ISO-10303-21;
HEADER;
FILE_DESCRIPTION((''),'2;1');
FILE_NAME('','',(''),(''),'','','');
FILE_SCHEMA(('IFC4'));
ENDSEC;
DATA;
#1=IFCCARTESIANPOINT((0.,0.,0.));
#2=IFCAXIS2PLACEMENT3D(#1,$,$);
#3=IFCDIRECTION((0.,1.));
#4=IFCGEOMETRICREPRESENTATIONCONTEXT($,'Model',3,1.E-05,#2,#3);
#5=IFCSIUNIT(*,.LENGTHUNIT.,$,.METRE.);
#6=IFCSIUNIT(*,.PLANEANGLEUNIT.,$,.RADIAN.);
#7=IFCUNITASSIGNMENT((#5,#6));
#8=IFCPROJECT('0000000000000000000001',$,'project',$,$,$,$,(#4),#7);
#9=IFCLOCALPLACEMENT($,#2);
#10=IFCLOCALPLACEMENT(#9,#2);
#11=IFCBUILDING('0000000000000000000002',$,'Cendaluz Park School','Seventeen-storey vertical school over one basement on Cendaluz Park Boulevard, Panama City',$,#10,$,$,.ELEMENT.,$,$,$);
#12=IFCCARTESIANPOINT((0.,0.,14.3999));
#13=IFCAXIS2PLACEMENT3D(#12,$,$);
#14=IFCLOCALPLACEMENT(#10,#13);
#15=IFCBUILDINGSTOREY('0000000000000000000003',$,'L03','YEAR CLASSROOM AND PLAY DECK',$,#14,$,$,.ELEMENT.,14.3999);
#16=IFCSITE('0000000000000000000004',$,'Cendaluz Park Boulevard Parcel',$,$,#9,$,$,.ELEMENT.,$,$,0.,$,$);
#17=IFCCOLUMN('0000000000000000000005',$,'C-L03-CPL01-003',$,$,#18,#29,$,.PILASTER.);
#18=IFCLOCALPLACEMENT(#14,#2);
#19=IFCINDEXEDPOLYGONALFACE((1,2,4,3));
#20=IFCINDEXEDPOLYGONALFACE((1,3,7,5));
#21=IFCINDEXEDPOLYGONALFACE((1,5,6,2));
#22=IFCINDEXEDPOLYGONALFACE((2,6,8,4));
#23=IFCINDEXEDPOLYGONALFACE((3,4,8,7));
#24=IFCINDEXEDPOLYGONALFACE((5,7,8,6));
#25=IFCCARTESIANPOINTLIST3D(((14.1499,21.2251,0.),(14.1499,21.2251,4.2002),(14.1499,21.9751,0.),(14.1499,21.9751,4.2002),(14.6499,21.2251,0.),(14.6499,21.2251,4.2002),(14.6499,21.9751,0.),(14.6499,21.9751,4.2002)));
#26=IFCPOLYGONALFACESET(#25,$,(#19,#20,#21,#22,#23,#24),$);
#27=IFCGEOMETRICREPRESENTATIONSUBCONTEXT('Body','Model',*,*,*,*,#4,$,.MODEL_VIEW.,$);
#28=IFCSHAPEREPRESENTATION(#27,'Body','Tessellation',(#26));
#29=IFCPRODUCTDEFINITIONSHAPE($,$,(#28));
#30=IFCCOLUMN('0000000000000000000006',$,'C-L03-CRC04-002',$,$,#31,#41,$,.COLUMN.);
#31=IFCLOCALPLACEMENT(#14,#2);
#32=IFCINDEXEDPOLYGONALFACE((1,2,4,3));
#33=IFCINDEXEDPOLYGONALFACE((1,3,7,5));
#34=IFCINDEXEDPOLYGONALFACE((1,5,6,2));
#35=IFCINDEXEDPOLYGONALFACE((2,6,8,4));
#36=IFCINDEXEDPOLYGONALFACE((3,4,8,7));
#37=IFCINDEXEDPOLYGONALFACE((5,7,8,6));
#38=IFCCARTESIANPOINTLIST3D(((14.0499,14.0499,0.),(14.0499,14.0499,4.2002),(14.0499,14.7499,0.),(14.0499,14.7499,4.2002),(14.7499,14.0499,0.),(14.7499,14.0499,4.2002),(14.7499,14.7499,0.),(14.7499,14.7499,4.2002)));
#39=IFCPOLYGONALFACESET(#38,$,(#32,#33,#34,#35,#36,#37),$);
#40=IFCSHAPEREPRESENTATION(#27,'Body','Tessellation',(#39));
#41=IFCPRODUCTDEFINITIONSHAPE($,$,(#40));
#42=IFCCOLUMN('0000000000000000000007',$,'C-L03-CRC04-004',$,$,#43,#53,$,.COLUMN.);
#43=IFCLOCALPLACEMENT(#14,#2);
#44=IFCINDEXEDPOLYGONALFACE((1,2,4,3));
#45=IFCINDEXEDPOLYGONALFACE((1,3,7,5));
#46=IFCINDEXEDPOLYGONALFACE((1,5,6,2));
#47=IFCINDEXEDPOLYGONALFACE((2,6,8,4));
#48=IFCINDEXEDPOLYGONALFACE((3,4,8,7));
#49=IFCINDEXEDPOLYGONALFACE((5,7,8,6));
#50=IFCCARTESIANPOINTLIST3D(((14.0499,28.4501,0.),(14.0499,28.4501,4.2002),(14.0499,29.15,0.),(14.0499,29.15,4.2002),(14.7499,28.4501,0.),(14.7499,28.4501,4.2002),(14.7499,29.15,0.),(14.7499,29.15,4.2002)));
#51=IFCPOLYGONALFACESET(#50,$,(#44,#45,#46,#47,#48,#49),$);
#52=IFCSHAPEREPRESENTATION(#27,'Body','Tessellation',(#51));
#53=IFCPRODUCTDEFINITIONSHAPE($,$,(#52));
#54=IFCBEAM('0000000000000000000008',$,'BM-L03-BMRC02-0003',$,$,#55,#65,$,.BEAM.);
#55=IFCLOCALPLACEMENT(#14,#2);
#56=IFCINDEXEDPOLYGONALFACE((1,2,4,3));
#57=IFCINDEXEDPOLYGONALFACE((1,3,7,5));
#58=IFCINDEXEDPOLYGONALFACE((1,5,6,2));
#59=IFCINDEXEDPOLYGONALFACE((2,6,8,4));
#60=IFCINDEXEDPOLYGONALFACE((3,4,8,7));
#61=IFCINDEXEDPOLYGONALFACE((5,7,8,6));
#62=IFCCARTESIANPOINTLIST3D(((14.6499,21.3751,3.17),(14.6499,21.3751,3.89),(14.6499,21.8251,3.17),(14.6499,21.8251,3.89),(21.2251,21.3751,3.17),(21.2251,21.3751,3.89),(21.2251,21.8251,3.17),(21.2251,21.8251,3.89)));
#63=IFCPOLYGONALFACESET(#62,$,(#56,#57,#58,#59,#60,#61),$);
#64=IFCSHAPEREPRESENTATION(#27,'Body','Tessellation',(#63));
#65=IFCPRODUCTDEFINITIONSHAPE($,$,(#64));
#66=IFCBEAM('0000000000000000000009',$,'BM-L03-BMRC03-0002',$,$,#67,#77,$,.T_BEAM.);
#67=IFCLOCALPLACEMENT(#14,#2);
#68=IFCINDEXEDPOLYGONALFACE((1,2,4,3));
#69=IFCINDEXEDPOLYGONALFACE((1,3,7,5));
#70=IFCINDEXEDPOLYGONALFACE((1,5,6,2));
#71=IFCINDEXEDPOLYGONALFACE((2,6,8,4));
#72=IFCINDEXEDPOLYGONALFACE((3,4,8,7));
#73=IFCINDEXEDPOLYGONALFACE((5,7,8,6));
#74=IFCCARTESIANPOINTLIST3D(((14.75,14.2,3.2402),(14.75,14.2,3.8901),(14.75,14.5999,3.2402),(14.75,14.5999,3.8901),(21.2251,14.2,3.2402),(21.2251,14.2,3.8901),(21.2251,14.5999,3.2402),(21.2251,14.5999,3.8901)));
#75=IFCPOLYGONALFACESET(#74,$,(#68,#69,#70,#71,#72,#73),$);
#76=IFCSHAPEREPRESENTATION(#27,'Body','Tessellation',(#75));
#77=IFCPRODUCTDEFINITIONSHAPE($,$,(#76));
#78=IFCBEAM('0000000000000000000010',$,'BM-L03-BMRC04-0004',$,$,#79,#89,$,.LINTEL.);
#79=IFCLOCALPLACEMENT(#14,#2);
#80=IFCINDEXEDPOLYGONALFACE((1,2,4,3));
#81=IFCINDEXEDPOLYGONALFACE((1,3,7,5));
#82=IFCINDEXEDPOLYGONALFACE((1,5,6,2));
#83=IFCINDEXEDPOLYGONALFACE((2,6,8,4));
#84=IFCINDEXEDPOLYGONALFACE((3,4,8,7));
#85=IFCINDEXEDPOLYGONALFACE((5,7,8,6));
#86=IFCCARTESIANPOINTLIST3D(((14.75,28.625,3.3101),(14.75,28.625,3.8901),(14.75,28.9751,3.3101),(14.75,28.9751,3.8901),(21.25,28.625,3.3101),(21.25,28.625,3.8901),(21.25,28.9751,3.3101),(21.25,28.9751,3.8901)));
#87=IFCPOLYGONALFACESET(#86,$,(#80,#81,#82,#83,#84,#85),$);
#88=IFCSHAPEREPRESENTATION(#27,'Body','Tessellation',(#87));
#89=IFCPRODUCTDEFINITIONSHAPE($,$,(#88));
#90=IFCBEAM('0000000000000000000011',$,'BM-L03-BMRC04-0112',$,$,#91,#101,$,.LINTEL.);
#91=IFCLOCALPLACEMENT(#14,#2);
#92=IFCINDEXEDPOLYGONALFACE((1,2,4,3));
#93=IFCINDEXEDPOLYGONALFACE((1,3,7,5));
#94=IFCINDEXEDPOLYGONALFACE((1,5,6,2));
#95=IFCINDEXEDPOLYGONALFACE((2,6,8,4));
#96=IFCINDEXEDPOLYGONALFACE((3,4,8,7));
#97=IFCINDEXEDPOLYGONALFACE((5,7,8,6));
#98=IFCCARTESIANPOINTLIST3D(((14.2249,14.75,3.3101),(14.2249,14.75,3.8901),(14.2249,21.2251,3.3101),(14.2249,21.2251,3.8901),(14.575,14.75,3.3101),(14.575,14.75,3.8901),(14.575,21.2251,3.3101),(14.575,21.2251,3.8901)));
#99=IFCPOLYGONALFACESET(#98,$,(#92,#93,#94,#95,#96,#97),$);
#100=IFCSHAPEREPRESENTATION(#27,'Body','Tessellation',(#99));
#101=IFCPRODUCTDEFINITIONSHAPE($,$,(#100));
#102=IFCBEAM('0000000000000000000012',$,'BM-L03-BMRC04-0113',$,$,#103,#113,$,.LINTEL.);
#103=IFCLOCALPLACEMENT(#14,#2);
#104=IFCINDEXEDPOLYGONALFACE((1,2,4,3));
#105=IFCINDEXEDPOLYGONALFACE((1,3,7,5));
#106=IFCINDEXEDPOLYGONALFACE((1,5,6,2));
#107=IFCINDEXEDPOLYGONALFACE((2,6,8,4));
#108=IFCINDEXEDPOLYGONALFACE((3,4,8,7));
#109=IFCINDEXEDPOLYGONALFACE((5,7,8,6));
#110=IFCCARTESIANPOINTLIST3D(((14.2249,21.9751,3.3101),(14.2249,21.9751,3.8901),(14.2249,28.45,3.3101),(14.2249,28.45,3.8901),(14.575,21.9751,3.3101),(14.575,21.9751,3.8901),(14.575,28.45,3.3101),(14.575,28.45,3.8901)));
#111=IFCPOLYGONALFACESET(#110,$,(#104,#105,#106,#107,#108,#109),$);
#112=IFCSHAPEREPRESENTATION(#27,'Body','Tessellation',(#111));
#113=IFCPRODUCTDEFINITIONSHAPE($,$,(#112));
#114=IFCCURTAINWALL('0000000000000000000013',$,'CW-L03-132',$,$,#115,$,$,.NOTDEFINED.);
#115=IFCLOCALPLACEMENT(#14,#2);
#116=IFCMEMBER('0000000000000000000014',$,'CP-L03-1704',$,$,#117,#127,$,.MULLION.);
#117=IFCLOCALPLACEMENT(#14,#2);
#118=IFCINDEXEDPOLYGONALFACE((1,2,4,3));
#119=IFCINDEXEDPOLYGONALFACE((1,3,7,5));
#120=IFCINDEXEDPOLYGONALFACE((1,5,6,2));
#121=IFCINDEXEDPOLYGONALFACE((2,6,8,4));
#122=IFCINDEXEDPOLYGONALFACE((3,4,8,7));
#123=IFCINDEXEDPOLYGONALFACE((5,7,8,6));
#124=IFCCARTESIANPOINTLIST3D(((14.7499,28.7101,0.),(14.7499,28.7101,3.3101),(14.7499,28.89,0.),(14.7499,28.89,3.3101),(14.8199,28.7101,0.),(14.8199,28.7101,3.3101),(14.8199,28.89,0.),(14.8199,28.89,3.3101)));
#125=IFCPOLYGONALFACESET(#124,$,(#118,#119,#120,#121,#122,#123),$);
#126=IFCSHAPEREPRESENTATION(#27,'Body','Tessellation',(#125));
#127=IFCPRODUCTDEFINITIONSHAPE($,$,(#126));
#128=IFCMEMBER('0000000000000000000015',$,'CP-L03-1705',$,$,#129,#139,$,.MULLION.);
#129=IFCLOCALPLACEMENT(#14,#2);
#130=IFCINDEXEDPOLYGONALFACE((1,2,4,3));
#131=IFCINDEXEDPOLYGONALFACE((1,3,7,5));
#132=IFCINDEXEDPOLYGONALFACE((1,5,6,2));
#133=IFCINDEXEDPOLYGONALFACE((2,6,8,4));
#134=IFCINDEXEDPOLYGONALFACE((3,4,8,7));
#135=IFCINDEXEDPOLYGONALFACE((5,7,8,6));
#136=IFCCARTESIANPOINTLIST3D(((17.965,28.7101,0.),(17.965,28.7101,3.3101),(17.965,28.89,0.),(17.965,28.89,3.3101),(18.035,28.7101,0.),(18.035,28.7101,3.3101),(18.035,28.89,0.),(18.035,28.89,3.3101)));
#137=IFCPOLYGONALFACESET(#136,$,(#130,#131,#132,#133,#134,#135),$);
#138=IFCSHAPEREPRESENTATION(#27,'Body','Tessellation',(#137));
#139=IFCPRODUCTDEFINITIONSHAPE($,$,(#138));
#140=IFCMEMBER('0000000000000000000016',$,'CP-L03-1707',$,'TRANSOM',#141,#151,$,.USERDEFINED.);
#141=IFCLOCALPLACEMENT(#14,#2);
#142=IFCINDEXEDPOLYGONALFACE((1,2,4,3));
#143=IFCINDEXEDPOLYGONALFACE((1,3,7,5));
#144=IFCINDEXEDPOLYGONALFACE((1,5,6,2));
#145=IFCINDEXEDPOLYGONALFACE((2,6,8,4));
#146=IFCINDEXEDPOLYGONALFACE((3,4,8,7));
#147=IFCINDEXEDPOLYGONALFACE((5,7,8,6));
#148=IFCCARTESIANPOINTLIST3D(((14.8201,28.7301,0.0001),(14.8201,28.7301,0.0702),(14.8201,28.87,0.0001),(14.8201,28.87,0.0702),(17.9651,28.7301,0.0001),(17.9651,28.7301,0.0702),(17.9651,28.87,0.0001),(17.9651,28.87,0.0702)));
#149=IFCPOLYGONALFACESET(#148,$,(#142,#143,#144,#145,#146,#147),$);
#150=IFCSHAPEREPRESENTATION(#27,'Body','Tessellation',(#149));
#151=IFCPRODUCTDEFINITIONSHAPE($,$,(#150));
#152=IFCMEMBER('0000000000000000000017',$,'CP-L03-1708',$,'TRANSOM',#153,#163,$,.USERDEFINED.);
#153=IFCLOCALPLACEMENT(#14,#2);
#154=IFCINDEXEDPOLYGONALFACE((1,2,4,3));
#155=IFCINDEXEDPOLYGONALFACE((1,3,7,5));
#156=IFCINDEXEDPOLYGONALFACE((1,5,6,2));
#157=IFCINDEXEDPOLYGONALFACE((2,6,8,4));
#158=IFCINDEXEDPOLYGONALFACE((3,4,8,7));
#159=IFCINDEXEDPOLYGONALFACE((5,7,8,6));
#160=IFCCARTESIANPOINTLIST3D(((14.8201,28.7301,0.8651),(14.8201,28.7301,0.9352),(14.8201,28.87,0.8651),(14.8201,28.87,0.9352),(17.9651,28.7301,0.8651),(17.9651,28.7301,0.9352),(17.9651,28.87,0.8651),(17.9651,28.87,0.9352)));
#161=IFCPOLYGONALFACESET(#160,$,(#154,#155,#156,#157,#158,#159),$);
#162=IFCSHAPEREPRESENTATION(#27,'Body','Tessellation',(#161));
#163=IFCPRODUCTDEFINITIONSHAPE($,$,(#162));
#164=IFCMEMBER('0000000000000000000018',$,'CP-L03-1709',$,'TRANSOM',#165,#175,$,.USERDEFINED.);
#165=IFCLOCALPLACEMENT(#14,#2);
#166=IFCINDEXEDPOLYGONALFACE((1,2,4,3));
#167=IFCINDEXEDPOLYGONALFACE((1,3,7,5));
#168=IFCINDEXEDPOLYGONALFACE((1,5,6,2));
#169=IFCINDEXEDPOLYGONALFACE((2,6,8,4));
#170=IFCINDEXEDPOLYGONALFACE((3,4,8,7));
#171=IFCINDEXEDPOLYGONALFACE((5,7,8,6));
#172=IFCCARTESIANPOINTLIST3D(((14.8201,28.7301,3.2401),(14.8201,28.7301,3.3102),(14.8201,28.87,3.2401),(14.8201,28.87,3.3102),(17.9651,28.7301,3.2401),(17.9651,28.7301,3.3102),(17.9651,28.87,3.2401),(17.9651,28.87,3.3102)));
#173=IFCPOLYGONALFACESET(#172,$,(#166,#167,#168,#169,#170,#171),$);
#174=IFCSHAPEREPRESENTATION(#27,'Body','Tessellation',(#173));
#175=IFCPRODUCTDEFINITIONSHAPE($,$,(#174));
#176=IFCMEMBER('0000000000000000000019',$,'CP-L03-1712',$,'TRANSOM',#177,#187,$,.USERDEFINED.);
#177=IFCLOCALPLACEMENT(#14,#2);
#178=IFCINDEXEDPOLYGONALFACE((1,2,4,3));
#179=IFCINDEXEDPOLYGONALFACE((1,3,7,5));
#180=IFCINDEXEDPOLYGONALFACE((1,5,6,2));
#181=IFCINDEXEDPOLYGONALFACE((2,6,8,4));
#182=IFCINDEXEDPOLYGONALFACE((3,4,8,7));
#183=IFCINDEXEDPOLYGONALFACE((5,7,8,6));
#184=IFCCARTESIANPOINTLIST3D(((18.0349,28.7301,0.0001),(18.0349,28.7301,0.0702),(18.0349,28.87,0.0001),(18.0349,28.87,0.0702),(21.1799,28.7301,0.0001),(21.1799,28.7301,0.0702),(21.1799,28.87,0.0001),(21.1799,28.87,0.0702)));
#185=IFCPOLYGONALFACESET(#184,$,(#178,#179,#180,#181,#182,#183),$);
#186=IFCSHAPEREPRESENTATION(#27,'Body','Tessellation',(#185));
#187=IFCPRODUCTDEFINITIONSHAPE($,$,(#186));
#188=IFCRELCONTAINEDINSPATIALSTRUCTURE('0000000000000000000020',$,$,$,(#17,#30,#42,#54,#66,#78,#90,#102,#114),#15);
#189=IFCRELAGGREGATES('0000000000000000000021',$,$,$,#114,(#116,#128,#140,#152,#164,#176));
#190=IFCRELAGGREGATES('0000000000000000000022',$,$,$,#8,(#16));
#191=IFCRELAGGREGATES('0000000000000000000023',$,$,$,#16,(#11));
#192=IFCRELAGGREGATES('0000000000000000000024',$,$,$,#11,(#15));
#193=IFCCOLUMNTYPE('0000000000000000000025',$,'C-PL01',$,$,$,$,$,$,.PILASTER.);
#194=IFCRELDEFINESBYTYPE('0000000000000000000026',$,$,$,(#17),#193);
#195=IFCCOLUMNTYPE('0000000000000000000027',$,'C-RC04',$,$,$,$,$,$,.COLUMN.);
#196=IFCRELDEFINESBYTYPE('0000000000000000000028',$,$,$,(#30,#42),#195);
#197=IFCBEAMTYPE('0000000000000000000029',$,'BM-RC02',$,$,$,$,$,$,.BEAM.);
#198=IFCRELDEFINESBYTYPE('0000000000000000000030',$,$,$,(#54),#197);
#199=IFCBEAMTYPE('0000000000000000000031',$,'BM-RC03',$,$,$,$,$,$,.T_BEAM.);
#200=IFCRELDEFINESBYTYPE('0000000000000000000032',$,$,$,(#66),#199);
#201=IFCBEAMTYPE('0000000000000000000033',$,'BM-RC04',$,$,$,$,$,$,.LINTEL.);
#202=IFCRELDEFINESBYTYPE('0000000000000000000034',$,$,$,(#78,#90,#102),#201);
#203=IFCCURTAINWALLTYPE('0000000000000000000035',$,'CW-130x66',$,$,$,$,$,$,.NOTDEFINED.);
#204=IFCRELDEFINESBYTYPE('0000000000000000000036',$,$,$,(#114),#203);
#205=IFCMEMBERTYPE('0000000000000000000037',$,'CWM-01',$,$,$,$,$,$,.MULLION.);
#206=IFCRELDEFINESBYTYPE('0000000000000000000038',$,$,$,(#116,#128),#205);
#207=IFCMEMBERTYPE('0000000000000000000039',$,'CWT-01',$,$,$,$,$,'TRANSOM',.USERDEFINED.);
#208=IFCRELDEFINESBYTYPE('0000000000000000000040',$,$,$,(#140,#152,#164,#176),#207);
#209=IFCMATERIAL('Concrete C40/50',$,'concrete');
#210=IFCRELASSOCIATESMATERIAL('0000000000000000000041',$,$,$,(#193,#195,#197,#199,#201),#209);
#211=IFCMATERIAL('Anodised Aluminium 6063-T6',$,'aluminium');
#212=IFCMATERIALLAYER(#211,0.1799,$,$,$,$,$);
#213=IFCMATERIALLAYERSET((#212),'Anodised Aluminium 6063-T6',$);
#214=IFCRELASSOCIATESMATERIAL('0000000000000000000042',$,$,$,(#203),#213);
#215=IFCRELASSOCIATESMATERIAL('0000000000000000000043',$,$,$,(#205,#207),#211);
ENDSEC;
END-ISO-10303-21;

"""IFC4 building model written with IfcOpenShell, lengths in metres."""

from ifc_helpers import new_model, si_unit, direction, frame, origin, origin_2d, place, context, subcontext, project, spatial, rectangle, extrude, material, layer, layer_set, material_profile, profile_set, type_object, element, aggregate, save


model = new_model("IFC4")

# Units and contexts
model_context = context("Model", 3, precision=1e-05, world=origin(), true_north=direction((0.0, 1.0)))
body_context = subcontext(model_context, "Body", "Model", "MODEL_VIEW")
ifc_project = project(units=[si_unit("LENGTHUNIT", "METRE"), si_unit("PLANEANGLEUNIT", "RADIAN")], contexts=[model_context])

# Site, building, storey
site_placement = place(None, origin())
site = spatial("IfcSite", under=ifc_project, at=site_placement, Name="Cendaluz Park Boulevard Parcel", CompositionType="ELEMENT", RefElevation=0.0)
building_placement = place(site_placement, origin())
building = spatial("IfcBuilding", under=site, at=building_placement, Name="Cendaluz Park School", Description="Seventeen-storey vertical school over one basement on Cendaluz Park Boulevard, Panama City", CompositionType="ELEMENT")
storey_placement = place(building_placement, frame((0.0, 0.0, 14.3999)))
storey = spatial("IfcBuildingStorey", under=building, at=storey_placement, Name="L03", Description="YEAR CLASSROOM AND PLAY DECK", CompositionType="ELEMENT", Elevation=14.3999)

# Columns
ifc_material_1 = material(Name="Concrete C40/50", Category="concrete")
ifc_material_profile_1 = material_profile(ifc_material_1, rectangle(XDim=0.5, YDim=0.75, at=origin_2d()), Name="RC 500x750", Category="concrete")
ifc_profile_set_1 = profile_set([ifc_material_profile_1], Name="Concrete C40/50")
column_type_1 = type_object("IfcColumnType", Name="C-PL01", PredefinedType="PILASTER", material=ifc_profile_set_1)
column_placement = place(storey_placement, frame((14.3999, 21.6001, 0.0), z_axis=(0.0, 0.0, 1.0), x_axis=(1.0, 0.0, 0.0)))
element("IfcColumn", 1, at=column_placement, inside=storey, type_object=column_type_1, Name="C-L03-CPL01-003", PredefinedType="PILASTER", context=body_context, shape_type="SweptSolid", body=[
    extrude(rectangle(XDim=0.5, YDim=0.75, at=origin_2d()), origin(), (0.0, 0.0, 1.0), 4.2002),
])
ifc_material_profile_2 = material_profile(ifc_material_1, rectangle(XDim=0.7, YDim=0.7, at=origin_2d()), Name="RC 700x700", Category="concrete")
ifc_profile_set_2 = profile_set([ifc_material_profile_2], Name="Concrete C40/50")
column_type_2 = type_object("IfcColumnType", Name="C-RC04", PredefinedType="COLUMN", material=ifc_profile_set_2)
for number, where, z_axis, x_axis, name in (
    (2, (14.3999, 14.3999, 0.0), (0.0, 0.0, 1.0), (1.0, 0.0, 0.0), "C-L03-CRC04-002"),
    (3, (14.3999, 28.8, 0.0), (0.0, 0.0, 1.0), (1.0, 0.0, 0.0), "C-L03-CRC04-004"),
):
    element("IfcColumn", number, at=place(storey_placement, frame(where, z_axis=z_axis, x_axis=x_axis)), inside=storey, type_object=column_type_2, Name=name, PredefinedType="COLUMN", context=body_context, shape_type="SweptSolid", body=[
        extrude(rectangle(XDim=0.7, YDim=0.7, at=origin_2d()), origin(), (0.0, 0.0, 1.0), 4.2002),
    ])

# Beams
ifc_material_profile_3 = material_profile(ifc_material_1, rectangle(XDim=0.45, YDim=0.72, at=origin_2d()), Name="RC 450x720", Category="concrete")
ifc_profile_set_3 = profile_set([ifc_material_profile_3], Name="Concrete C40/50")
beam_type_1 = type_object("IfcBeamType", Name="BM-RC02", PredefinedType="BEAM", material=ifc_profile_set_3)
beam_1_placement = place(storey_placement, frame((14.6499, 21.6001, 3.53), z_axis=(1.0, 0.0, 0.0), x_axis=(0.0, 1.0, 0.0)))
element("IfcBeam", 4, at=beam_1_placement, inside=storey, type_object=beam_type_1, Name="BM-L03-BMRC02-0003", PredefinedType="BEAM", context=body_context, shape_type="SweptSolid", body=[
    extrude(rectangle(XDim=0.45, YDim=0.72, at=origin_2d()), origin(), (0.0, 0.0, 1.0), 6.5752),
])
ifc_material_profile_4 = material_profile(ifc_material_1, rectangle(XDim=0.3999, YDim=0.6499, at=origin_2d()), Name="RC 400x650", Category="concrete")
ifc_profile_set_4 = profile_set([ifc_material_profile_4], Name="Concrete C40/50")
beam_type_2 = type_object("IfcBeamType", Name="BM-RC03", PredefinedType="T_BEAM", material=ifc_profile_set_4)
beam_2_placement = place(storey_placement, frame((14.75, 14.3999, 3.5652), z_axis=(1.0, 0.0, 0.0), x_axis=(0.0, 1.0, 0.0)))
element("IfcBeam", 5, at=beam_2_placement, inside=storey, type_object=beam_type_2, Name="BM-L03-BMRC03-0002", PredefinedType="T_BEAM", context=body_context, shape_type="SweptSolid", body=[
    extrude(rectangle(XDim=0.3999, YDim=0.6499, at=origin_2d()), origin(), (0.0, 0.0, 1.0), 6.4751),
])
ifc_material_profile_5 = material_profile(ifc_material_1, rectangle(XDim=0.3501, YDim=0.5801, at=origin_2d()), Name="RC 350x580", Category="concrete")
ifc_profile_set_5 = profile_set([ifc_material_profile_5], Name="Concrete C40/50")
beam_type_3 = type_object("IfcBeamType", Name="BM-RC04", PredefinedType="LINTEL", material=ifc_profile_set_5)
beam_3_placement = place(storey_placement, frame((14.75, 28.8, 3.6001), z_axis=(1.0, 0.0, 0.0), x_axis=(0.0, 1.0, 0.0)))
element("IfcBeam", 6, at=beam_3_placement, inside=storey, type_object=beam_type_3, Name="BM-L03-BMRC04-0004", PredefinedType="LINTEL", context=body_context, shape_type="SweptSolid", body=[
    extrude(rectangle(XDim=0.3501, YDim=0.5801, at=origin_2d()), origin(), (0.0, 0.0, 1.0), 6.5),
])
beam_4_placement = place(storey_placement, frame((14.3999, 14.75, 3.6001), z_axis=(0.0, 1.0, 0.0), x_axis=(-1.0, 0.0, 0.0)))
element("IfcBeam", 7, at=beam_4_placement, inside=storey, type_object=beam_type_3, Name="BM-L03-BMRC04-0112", PredefinedType="LINTEL", context=body_context, shape_type="SweptSolid", body=[
    extrude(rectangle(XDim=0.3501, YDim=0.5801, at=origin_2d()), origin(), (0.0, 0.0, 1.0), 6.4751),
])
beam_5_placement = place(storey_placement, frame((14.3999, 21.9751, 3.6001), z_axis=(0.0, 1.0, 0.0), x_axis=(-1.0, 0.0, 0.0)))
element("IfcBeam", 8, at=beam_5_placement, inside=storey, type_object=beam_type_3, Name="BM-L03-BMRC04-0113", PredefinedType="LINTEL", context=body_context, shape_type="SweptSolid", body=[
    extrude(rectangle(XDim=0.3501, YDim=0.5801, at=origin_2d()), origin(), (0.0, 0.0, 1.0), 6.4749),
])

# Curtain wall, members
ifc_material_2 = material(Name="Anodised Aluminium 6063-T6", Category="aluminium")
ifc_layer_1 = layer(ifc_material_2, 0.1799)
ifc_layer_set_1 = layer_set([ifc_layer_1], Name="Anodised Aluminium 6063-T6")
curtain_wall_type = type_object("IfcCurtainWallType", Name="CW-130x66", PredefinedType="NOTDEFINED", material=ifc_layer_set_1)
curtain_wall_placement = place(storey_placement, origin())
curtain_wall = element("IfcCurtainWall", 9, at=curtain_wall_placement, inside=storey, type_object=curtain_wall_type, Name="CW-L03-132", PredefinedType="NOTDEFINED")
ifc_material_profile_6 = material_profile(ifc_material_2, rectangle(XDim=0.1799, YDim=0.0701, at=origin_2d()), Name="CWM 180x70", Category="aluminium")
ifc_profile_set_6 = profile_set([ifc_material_profile_6], Name="Anodised Aluminium 6063-T6")
member_type_1 = type_object("IfcMemberType", Name="CWM-01", PredefinedType="MULLION", material=ifc_profile_set_6)
member_1_placement = place(storey_placement, frame((14.7849, 28.8, 0.0), z_axis=(0.0, 0.0, 1.0), x_axis=(0.0, 1.0, 0.0)))
member_1 = element("IfcMember", 10, at=member_1_placement, type_object=member_type_1, Name="CP-L03-1704", PredefinedType="MULLION", context=body_context, shape_type="SweptSolid", body=[
    extrude(rectangle(XDim=0.1799, YDim=0.0701, at=origin_2d()), origin(), (0.0, 0.0, 1.0), 3.3101),
])
member_2_placement = place(storey_placement, frame((18.0, 28.8, 0.0), z_axis=(0.0, 0.0, 1.0), x_axis=(0.0, 1.0, 0.0)))
member_2 = element("IfcMember", 11, at=member_2_placement, type_object=member_type_1, Name="CP-L03-1705", PredefinedType="MULLION", context=body_context, shape_type="SweptSolid", body=[
    extrude(rectangle(XDim=0.1799, YDim=0.0701, at=origin_2d()), origin(), (0.0, 0.0, 1.0), 3.3101),
])
ifc_material_profile_7 = material_profile(ifc_material_2, rectangle(XDim=0.1399, YDim=0.0701, at=origin_2d()), Name="CWT 140x70", Category="aluminium")
ifc_profile_set_7 = profile_set([ifc_material_profile_7], Name="Anodised Aluminium 6063-T6")
member_type_2 = type_object("IfcMemberType", Name="CWT-01", ElementType="TRANSOM", PredefinedType="USERDEFINED", material=ifc_profile_set_7)
member_3_placement = place(storey_placement, frame((14.8201, 28.8, 0.0352), z_axis=(1.0, 0.0, 0.0), x_axis=(0.0, 1.0, 0.0)))
member_3 = element("IfcMember", 12, at=member_3_placement, type_object=member_type_2, Name="CP-L03-1707", ObjectType="TRANSOM", PredefinedType="USERDEFINED", context=body_context, shape_type="SweptSolid", body=[
    extrude(rectangle(XDim=0.1399, YDim=0.0701, at=origin_2d()), origin(), (0.0, 0.0, 1.0), 3.145),
])
member_4_placement = place(storey_placement, frame((14.8201, 28.8, 0.9001), z_axis=(1.0, 0.0, 0.0), x_axis=(0.0, 1.0, 0.0)))
member_4 = element("IfcMember", 13, at=member_4_placement, type_object=member_type_2, Name="CP-L03-1708", ObjectType="TRANSOM", PredefinedType="USERDEFINED", context=body_context, shape_type="SweptSolid", body=[
    extrude(rectangle(XDim=0.1399, YDim=0.0701, at=origin_2d()), origin(), (0.0, 0.0, 1.0), 3.145),
])
member_5_placement = place(storey_placement, frame((14.8201, 28.8, 3.2751), z_axis=(1.0, 0.0, 0.0), x_axis=(0.0, 1.0, 0.0)))
member_5 = element("IfcMember", 14, at=member_5_placement, type_object=member_type_2, Name="CP-L03-1709", ObjectType="TRANSOM", PredefinedType="USERDEFINED", context=body_context, shape_type="SweptSolid", body=[
    extrude(rectangle(XDim=0.1399, YDim=0.0701, at=origin_2d()), origin(), (0.0, 0.0, 1.0), 3.145),
])
member_6_placement = place(storey_placement, frame((18.0349, 28.8, 0.0352), z_axis=(1.0, 0.0, 0.0), x_axis=(0.0, 1.0, 0.0)))
member_6 = element("IfcMember", 15, at=member_6_placement, type_object=member_type_2, Name="CP-L03-1712", ObjectType="TRANSOM", PredefinedType="USERDEFINED", context=body_context, shape_type="SweptSolid", body=[
    extrude(rectangle(XDim=0.1399, YDim=0.0701, at=origin_2d()), origin(), (0.0, 0.0, 1.0), 3.145),
])

aggregate(curtain_wall, [member_1, member_2, member_3, member_4, member_5, member_6])

save(model, "model.ifc")
